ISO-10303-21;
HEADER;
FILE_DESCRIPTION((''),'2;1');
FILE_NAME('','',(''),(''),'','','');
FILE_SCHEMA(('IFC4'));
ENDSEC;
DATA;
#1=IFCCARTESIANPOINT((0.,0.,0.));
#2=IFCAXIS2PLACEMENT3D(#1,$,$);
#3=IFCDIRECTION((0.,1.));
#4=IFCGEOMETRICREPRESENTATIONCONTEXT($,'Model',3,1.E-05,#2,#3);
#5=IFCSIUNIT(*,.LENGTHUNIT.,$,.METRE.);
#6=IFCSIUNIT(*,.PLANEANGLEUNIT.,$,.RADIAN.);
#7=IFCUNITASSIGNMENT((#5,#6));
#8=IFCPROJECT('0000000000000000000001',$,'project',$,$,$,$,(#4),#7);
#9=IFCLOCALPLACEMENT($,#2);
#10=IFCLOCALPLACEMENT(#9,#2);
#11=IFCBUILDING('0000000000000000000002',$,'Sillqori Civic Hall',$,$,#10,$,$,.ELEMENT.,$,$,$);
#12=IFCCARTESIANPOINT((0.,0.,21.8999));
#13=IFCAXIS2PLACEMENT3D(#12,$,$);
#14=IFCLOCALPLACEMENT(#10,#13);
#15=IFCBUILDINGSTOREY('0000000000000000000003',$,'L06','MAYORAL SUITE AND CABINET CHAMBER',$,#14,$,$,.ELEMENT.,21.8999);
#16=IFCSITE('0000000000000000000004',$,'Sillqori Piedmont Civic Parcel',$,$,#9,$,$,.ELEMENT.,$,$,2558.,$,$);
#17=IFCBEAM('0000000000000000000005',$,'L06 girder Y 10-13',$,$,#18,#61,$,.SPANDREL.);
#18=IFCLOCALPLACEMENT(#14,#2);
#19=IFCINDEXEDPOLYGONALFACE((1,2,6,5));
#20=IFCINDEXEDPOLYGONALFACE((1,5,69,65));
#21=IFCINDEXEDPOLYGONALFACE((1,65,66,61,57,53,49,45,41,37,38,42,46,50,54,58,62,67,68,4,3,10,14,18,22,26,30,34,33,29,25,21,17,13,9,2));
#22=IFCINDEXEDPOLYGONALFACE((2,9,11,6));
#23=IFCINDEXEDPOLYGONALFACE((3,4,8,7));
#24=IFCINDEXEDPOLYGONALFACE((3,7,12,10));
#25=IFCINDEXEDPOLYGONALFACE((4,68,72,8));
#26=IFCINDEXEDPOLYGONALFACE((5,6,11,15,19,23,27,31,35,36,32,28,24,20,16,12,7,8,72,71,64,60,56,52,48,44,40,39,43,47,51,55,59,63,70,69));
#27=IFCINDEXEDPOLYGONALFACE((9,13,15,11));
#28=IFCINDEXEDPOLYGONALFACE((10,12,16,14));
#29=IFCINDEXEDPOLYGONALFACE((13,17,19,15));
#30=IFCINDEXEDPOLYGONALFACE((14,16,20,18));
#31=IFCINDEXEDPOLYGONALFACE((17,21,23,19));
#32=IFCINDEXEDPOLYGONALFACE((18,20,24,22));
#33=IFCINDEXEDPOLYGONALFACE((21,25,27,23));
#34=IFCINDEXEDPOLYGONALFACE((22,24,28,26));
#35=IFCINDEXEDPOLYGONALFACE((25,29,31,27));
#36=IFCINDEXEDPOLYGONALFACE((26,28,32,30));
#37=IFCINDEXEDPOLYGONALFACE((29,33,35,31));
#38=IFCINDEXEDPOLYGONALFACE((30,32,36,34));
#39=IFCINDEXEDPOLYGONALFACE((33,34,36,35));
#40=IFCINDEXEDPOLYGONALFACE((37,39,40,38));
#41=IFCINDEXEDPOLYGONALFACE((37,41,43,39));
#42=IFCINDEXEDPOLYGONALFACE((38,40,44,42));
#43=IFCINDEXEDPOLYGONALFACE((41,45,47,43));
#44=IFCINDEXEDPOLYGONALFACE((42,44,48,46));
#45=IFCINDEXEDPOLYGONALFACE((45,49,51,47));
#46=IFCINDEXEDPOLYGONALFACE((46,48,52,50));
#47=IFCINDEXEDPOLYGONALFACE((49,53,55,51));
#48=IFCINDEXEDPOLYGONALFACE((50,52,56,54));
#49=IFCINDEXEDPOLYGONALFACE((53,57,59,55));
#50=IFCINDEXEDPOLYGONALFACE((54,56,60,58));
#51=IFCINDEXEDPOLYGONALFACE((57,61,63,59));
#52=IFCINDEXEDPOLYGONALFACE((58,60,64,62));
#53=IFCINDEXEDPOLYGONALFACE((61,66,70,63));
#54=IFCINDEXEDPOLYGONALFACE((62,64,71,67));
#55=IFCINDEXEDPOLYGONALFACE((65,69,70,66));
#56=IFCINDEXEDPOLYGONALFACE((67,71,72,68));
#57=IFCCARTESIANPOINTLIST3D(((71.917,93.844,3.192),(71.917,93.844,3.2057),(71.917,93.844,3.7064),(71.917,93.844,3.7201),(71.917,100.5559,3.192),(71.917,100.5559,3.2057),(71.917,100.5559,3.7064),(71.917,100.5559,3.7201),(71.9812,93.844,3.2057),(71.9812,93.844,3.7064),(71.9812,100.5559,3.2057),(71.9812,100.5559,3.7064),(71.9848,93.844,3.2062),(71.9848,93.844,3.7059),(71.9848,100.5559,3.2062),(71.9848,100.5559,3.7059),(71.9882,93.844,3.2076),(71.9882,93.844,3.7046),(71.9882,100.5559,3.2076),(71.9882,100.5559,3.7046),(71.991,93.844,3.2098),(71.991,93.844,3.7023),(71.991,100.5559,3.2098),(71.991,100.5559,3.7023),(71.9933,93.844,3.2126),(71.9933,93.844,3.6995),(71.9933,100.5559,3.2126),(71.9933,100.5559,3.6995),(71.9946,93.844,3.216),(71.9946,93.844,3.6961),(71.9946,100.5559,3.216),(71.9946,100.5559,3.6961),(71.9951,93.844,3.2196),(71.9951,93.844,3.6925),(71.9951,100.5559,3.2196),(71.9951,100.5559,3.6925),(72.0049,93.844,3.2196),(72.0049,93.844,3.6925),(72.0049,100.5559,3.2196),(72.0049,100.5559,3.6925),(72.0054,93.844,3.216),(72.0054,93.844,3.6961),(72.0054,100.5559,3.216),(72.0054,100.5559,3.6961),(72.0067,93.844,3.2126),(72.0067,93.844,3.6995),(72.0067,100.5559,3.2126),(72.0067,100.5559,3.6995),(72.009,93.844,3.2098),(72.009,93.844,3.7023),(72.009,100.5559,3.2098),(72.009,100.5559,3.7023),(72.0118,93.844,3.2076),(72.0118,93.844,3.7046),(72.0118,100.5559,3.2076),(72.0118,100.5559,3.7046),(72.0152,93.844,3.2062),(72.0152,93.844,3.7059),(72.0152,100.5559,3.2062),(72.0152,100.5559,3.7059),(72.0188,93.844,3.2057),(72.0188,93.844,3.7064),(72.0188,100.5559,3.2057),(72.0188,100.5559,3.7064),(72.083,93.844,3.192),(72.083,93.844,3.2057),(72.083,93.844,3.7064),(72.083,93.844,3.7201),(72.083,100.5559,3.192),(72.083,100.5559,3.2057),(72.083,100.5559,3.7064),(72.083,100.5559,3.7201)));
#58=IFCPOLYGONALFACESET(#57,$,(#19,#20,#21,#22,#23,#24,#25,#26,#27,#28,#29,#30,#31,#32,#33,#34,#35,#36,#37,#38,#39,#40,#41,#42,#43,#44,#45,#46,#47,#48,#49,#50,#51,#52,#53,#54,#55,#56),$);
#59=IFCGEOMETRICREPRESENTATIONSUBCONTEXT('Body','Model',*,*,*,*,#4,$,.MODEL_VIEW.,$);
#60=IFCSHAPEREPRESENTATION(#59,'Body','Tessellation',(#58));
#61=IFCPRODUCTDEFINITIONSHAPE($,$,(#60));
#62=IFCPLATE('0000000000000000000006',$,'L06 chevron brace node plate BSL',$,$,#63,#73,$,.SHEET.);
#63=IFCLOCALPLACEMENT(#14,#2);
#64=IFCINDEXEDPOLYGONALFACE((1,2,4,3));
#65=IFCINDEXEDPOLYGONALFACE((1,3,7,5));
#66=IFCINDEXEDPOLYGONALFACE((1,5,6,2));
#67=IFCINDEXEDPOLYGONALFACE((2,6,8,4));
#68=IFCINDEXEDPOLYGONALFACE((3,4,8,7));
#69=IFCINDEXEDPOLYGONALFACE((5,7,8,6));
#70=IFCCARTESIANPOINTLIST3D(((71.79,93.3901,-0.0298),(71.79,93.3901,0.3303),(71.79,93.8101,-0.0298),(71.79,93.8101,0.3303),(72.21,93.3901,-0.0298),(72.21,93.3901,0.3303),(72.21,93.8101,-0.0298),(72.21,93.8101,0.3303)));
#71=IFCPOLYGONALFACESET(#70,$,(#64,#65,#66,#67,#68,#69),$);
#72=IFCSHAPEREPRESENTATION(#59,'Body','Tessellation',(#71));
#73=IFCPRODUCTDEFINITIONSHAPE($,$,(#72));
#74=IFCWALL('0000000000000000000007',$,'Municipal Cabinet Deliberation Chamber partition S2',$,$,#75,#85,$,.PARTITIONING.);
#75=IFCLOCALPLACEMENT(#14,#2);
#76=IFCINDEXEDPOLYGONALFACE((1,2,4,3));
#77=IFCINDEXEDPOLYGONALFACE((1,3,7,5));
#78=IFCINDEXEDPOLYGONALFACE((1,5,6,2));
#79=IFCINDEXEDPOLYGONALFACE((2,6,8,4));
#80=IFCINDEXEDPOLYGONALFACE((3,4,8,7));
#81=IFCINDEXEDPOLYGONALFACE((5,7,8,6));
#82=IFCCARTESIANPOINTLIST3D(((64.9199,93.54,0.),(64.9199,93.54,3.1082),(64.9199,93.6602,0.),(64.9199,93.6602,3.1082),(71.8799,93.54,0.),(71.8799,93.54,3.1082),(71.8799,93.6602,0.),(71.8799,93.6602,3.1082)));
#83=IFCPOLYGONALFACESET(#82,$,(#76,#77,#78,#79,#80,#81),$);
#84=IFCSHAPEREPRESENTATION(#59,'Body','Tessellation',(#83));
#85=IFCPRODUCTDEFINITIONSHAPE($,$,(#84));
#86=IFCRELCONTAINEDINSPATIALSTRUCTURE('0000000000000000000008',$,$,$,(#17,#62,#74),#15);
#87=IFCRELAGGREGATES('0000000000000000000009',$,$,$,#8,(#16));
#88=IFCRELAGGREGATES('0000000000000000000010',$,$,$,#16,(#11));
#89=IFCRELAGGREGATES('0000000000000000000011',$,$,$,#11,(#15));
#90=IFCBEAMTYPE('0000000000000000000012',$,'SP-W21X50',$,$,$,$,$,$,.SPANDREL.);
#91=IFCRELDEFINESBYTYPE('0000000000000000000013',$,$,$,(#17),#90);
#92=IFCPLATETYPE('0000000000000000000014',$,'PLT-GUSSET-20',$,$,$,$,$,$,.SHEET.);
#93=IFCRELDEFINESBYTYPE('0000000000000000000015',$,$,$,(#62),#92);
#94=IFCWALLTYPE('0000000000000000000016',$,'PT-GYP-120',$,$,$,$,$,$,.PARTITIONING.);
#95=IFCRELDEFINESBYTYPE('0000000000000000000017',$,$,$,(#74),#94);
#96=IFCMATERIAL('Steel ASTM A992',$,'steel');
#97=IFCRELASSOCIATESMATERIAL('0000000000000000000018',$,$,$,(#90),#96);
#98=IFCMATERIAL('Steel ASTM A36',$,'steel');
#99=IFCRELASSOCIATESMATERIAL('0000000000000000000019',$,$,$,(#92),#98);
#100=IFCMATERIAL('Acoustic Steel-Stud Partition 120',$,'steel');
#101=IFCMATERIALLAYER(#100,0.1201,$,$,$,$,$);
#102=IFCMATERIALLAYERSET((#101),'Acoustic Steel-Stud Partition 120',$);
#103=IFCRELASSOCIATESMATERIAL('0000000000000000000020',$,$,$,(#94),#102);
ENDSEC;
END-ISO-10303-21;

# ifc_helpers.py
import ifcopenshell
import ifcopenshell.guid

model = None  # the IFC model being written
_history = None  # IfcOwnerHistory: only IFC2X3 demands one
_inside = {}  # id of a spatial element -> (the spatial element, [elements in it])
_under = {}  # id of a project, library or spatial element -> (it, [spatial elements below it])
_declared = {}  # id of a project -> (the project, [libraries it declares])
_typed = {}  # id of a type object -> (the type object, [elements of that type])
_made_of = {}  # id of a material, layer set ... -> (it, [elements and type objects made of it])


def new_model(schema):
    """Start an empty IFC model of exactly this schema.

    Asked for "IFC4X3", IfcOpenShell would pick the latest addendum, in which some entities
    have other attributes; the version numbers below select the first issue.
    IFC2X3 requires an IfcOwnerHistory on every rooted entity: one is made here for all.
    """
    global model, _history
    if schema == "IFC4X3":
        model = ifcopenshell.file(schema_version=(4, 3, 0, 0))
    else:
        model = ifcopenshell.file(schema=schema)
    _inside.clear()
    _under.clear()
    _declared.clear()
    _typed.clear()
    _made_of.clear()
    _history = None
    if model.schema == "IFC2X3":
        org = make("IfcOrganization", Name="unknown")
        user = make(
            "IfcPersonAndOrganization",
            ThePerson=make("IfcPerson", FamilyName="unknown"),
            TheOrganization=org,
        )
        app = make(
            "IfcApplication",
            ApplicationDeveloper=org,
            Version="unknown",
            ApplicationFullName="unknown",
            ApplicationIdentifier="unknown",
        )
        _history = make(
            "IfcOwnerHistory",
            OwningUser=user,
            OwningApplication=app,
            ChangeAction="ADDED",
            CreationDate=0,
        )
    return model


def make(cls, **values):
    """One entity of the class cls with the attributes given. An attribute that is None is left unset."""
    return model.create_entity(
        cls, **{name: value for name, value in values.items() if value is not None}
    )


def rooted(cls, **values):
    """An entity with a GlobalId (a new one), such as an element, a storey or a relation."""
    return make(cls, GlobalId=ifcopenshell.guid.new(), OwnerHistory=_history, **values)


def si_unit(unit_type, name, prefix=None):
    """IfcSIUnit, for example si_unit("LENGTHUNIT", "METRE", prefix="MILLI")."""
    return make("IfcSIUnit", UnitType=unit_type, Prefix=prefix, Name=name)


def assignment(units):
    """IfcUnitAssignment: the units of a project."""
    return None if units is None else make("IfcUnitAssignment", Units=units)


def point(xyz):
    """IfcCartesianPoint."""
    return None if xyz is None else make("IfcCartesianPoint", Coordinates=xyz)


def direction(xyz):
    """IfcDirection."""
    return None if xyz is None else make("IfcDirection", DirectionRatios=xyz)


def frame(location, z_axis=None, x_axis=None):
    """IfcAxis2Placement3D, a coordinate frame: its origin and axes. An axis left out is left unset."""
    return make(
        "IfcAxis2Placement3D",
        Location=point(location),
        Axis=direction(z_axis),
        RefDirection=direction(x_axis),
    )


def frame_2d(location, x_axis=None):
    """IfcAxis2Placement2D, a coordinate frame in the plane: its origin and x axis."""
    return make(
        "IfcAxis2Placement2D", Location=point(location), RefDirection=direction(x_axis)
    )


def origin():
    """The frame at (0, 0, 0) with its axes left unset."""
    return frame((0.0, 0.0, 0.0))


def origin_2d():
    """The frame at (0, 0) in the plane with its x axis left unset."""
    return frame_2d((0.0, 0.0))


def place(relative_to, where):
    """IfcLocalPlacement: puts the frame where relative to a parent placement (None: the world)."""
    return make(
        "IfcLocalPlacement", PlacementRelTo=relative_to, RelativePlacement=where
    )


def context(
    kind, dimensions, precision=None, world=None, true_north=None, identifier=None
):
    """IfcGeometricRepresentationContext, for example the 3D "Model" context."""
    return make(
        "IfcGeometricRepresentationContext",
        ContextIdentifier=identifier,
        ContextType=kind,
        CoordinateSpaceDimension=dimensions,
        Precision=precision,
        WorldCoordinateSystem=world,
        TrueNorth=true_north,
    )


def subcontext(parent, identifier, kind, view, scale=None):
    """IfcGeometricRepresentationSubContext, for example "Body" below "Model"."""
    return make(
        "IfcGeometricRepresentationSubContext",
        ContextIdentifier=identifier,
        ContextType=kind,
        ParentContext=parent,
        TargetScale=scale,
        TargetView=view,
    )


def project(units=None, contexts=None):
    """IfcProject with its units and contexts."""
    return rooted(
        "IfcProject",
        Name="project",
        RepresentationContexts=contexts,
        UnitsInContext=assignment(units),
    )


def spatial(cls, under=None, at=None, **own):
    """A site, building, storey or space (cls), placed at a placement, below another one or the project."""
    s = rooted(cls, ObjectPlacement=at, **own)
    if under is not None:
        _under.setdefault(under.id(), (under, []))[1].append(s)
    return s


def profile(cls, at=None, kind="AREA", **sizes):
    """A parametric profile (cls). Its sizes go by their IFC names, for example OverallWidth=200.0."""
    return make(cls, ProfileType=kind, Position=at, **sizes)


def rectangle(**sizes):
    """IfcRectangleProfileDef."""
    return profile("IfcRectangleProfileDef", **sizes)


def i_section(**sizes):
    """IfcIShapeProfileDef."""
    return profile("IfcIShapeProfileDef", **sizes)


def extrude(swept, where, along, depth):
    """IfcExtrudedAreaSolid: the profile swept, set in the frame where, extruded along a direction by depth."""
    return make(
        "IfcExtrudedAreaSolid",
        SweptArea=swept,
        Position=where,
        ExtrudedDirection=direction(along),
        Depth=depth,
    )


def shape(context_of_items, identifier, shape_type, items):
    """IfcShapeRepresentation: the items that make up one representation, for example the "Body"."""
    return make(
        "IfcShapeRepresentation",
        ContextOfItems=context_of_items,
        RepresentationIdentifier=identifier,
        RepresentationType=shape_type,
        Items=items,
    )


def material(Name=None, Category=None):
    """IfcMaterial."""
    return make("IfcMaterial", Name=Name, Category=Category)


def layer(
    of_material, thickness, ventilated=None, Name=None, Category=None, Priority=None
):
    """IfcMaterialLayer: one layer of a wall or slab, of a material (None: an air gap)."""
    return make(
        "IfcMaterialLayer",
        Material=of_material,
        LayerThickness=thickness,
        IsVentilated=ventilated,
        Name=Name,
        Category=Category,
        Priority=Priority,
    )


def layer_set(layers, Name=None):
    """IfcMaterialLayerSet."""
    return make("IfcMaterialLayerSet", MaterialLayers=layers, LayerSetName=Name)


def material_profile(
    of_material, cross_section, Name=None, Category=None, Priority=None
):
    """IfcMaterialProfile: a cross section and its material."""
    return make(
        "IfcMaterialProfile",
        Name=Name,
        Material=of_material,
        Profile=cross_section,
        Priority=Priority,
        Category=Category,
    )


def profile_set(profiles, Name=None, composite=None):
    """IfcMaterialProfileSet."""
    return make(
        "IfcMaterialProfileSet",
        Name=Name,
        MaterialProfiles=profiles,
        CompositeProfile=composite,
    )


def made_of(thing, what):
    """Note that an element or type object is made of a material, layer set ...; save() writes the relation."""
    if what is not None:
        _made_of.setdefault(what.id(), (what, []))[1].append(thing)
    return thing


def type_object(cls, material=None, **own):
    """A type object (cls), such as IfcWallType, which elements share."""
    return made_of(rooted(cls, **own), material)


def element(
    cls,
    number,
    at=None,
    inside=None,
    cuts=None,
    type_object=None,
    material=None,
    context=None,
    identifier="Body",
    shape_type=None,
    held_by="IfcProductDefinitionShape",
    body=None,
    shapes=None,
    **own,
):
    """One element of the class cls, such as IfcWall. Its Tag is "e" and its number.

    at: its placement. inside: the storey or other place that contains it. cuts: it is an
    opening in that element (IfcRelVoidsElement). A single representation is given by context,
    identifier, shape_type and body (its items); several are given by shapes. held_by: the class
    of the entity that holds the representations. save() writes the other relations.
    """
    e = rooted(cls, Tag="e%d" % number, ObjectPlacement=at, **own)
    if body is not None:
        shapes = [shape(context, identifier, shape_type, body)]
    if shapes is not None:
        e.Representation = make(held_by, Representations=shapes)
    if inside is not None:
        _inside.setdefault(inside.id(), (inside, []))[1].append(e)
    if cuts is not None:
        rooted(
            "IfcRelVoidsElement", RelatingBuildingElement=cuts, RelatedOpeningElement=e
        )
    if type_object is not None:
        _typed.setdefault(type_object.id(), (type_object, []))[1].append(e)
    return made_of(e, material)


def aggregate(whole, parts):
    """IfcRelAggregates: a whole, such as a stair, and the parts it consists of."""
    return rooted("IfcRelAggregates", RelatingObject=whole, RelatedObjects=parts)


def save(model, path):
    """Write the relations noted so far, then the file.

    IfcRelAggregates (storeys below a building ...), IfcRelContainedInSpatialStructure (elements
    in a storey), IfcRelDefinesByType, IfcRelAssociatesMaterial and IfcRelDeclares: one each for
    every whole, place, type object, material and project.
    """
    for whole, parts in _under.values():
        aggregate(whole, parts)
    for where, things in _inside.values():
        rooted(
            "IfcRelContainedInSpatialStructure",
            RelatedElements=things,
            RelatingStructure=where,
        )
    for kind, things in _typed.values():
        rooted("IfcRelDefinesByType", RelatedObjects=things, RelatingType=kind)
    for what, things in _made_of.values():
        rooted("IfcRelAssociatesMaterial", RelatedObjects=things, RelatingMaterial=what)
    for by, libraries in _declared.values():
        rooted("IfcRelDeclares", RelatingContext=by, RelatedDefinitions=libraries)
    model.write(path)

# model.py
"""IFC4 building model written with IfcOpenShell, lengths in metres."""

from ifc_helpers import new_model, si_unit, direction, frame, frame_2d, origin, origin_2d, place, context, subcontext, project, spatial, rectangle, i_section, extrude, material, layer, layer_set, material_profile, profile_set, type_object, element, save


model = new_model("IFC4")

# Units and contexts
model_context = context("Model", 3, precision=1e-05, world=origin(), true_north=direction((0.0, 1.0)))
body_context = subcontext(model_context, "Body", "Model", "MODEL_VIEW")
ifc_project = project(units=[si_unit("LENGTHUNIT", "METRE"), si_unit("PLANEANGLEUNIT", "RADIAN")], contexts=[model_context])

# Site, building, storey
site_placement = place(None, origin())
site = spatial("IfcSite", under=ifc_project, at=site_placement, Name="Sillqori Piedmont Civic Parcel", CompositionType="ELEMENT", RefElevation=2558.0)
building_placement = place(site_placement, origin())
building = spatial("IfcBuilding", under=site, at=building_placement, Name="Sillqori Civic Hall", CompositionType="ELEMENT")
storey_placement = place(building_placement, frame((0.0, 0.0, 21.8999)))
storey = spatial("IfcBuildingStorey", under=building, at=storey_placement, Name="L06", Description="MAYORAL SUITE AND CABINET CHAMBER", CompositionType="ELEMENT", Elevation=21.8999)

# Beam
ifc_material_1 = material(Name="Steel ASTM A992", Category="steel")
ifc_material_profile_1 = material_profile(ifc_material_1, i_section(OverallWidth=0.166, OverallDepth=0.5281, WebThickness=0.0098, FlangeThickness=0.0137, FilletRadius=0.0139, at=origin_2d()), Name="W21X50")
ifc_profile_set_1 = profile_set([ifc_material_profile_1], Name="Steel ASTM A992")
beam_type_1 = type_object("IfcBeamType", Name="SP-W21X50", PredefinedType="SPANDREL", material=ifc_profile_set_1)
beam_placement = place(storey_placement, frame((72.0, 93.844, 3.4561), z_axis=(0.0, 1.0, 0.0), x_axis=(-1.0, 0.0, 0.0)))
element("IfcBeam", 1, at=beam_placement, inside=storey, type_object=beam_type_1, Name="L06 girder Y 10-13", PredefinedType="SPANDREL", context=body_context, shape_type="SweptSolid", body=[
    extrude(i_section(OverallWidth=0.166, OverallDepth=0.5281, WebThickness=0.0098, FlangeThickness=0.0137, FilletRadius=0.0139, at=origin_2d()), origin(), (0.0, 0.0, 1.0), 6.7119),
])

# Plate
ifc_material_2 = material(Name="Steel ASTM A36", Category="steel")
plate_type_1 = type_object("IfcPlateType", Name="PLT-GUSSET-20", PredefinedType="SHEET", material=ifc_material_2)
plate_1_placement = place(storey_placement, frame((72.0, 93.6001, -0.0298), z_axis=(0.0, 0.0, 1.0), x_axis=(1.0, 0.0, 0.0)))
element("IfcPlate", 2, at=plate_1_placement, inside=storey, type_object=plate_type_1, Name="L06 chevron brace node plate BSL", PredefinedType="SHEET", context=body_context, shape_type="SweptSolid", body=[
    extrude(rectangle(XDim=0.4199, YDim=0.4199, at=origin_2d()), origin(), (0.0, 0.0, 1.0), 0.3601),
])

# Wall
ifc_material_3 = material(Name="Acoustic Steel-Stud Partition 120", Category="steel")
ifc_layer_1 = layer(ifc_material_3, 0.1201)
ifc_layer_set_1 = layer_set([ifc_layer_1], Name="Acoustic Steel-Stud Partition 120")
wall_type = type_object("IfcWallType", Name="PT-GYP-120", PredefinedType="PARTITIONING", material=ifc_layer_set_1)
wall_placement = place(storey_placement, frame((71.8799, 93.6001, 0.0), z_axis=(0.0, 0.0, 1.0), x_axis=(-1.0, 0.0, 0.0)))
element("IfcWall", 3, at=wall_placement, inside=storey, type_object=wall_type, Name="Municipal Cabinet Deliberation Chamber partition S2", PredefinedType="PARTITIONING", context=body_context, shape_type="SweptSolid", body=[
    extrude(rectangle(XDim=6.96, YDim=0.1201, at=frame_2d((3.48, 0.0))), origin(), (0.0, 0.0, 1.0), 3.1082),
])

save(model, "model.ifc")
